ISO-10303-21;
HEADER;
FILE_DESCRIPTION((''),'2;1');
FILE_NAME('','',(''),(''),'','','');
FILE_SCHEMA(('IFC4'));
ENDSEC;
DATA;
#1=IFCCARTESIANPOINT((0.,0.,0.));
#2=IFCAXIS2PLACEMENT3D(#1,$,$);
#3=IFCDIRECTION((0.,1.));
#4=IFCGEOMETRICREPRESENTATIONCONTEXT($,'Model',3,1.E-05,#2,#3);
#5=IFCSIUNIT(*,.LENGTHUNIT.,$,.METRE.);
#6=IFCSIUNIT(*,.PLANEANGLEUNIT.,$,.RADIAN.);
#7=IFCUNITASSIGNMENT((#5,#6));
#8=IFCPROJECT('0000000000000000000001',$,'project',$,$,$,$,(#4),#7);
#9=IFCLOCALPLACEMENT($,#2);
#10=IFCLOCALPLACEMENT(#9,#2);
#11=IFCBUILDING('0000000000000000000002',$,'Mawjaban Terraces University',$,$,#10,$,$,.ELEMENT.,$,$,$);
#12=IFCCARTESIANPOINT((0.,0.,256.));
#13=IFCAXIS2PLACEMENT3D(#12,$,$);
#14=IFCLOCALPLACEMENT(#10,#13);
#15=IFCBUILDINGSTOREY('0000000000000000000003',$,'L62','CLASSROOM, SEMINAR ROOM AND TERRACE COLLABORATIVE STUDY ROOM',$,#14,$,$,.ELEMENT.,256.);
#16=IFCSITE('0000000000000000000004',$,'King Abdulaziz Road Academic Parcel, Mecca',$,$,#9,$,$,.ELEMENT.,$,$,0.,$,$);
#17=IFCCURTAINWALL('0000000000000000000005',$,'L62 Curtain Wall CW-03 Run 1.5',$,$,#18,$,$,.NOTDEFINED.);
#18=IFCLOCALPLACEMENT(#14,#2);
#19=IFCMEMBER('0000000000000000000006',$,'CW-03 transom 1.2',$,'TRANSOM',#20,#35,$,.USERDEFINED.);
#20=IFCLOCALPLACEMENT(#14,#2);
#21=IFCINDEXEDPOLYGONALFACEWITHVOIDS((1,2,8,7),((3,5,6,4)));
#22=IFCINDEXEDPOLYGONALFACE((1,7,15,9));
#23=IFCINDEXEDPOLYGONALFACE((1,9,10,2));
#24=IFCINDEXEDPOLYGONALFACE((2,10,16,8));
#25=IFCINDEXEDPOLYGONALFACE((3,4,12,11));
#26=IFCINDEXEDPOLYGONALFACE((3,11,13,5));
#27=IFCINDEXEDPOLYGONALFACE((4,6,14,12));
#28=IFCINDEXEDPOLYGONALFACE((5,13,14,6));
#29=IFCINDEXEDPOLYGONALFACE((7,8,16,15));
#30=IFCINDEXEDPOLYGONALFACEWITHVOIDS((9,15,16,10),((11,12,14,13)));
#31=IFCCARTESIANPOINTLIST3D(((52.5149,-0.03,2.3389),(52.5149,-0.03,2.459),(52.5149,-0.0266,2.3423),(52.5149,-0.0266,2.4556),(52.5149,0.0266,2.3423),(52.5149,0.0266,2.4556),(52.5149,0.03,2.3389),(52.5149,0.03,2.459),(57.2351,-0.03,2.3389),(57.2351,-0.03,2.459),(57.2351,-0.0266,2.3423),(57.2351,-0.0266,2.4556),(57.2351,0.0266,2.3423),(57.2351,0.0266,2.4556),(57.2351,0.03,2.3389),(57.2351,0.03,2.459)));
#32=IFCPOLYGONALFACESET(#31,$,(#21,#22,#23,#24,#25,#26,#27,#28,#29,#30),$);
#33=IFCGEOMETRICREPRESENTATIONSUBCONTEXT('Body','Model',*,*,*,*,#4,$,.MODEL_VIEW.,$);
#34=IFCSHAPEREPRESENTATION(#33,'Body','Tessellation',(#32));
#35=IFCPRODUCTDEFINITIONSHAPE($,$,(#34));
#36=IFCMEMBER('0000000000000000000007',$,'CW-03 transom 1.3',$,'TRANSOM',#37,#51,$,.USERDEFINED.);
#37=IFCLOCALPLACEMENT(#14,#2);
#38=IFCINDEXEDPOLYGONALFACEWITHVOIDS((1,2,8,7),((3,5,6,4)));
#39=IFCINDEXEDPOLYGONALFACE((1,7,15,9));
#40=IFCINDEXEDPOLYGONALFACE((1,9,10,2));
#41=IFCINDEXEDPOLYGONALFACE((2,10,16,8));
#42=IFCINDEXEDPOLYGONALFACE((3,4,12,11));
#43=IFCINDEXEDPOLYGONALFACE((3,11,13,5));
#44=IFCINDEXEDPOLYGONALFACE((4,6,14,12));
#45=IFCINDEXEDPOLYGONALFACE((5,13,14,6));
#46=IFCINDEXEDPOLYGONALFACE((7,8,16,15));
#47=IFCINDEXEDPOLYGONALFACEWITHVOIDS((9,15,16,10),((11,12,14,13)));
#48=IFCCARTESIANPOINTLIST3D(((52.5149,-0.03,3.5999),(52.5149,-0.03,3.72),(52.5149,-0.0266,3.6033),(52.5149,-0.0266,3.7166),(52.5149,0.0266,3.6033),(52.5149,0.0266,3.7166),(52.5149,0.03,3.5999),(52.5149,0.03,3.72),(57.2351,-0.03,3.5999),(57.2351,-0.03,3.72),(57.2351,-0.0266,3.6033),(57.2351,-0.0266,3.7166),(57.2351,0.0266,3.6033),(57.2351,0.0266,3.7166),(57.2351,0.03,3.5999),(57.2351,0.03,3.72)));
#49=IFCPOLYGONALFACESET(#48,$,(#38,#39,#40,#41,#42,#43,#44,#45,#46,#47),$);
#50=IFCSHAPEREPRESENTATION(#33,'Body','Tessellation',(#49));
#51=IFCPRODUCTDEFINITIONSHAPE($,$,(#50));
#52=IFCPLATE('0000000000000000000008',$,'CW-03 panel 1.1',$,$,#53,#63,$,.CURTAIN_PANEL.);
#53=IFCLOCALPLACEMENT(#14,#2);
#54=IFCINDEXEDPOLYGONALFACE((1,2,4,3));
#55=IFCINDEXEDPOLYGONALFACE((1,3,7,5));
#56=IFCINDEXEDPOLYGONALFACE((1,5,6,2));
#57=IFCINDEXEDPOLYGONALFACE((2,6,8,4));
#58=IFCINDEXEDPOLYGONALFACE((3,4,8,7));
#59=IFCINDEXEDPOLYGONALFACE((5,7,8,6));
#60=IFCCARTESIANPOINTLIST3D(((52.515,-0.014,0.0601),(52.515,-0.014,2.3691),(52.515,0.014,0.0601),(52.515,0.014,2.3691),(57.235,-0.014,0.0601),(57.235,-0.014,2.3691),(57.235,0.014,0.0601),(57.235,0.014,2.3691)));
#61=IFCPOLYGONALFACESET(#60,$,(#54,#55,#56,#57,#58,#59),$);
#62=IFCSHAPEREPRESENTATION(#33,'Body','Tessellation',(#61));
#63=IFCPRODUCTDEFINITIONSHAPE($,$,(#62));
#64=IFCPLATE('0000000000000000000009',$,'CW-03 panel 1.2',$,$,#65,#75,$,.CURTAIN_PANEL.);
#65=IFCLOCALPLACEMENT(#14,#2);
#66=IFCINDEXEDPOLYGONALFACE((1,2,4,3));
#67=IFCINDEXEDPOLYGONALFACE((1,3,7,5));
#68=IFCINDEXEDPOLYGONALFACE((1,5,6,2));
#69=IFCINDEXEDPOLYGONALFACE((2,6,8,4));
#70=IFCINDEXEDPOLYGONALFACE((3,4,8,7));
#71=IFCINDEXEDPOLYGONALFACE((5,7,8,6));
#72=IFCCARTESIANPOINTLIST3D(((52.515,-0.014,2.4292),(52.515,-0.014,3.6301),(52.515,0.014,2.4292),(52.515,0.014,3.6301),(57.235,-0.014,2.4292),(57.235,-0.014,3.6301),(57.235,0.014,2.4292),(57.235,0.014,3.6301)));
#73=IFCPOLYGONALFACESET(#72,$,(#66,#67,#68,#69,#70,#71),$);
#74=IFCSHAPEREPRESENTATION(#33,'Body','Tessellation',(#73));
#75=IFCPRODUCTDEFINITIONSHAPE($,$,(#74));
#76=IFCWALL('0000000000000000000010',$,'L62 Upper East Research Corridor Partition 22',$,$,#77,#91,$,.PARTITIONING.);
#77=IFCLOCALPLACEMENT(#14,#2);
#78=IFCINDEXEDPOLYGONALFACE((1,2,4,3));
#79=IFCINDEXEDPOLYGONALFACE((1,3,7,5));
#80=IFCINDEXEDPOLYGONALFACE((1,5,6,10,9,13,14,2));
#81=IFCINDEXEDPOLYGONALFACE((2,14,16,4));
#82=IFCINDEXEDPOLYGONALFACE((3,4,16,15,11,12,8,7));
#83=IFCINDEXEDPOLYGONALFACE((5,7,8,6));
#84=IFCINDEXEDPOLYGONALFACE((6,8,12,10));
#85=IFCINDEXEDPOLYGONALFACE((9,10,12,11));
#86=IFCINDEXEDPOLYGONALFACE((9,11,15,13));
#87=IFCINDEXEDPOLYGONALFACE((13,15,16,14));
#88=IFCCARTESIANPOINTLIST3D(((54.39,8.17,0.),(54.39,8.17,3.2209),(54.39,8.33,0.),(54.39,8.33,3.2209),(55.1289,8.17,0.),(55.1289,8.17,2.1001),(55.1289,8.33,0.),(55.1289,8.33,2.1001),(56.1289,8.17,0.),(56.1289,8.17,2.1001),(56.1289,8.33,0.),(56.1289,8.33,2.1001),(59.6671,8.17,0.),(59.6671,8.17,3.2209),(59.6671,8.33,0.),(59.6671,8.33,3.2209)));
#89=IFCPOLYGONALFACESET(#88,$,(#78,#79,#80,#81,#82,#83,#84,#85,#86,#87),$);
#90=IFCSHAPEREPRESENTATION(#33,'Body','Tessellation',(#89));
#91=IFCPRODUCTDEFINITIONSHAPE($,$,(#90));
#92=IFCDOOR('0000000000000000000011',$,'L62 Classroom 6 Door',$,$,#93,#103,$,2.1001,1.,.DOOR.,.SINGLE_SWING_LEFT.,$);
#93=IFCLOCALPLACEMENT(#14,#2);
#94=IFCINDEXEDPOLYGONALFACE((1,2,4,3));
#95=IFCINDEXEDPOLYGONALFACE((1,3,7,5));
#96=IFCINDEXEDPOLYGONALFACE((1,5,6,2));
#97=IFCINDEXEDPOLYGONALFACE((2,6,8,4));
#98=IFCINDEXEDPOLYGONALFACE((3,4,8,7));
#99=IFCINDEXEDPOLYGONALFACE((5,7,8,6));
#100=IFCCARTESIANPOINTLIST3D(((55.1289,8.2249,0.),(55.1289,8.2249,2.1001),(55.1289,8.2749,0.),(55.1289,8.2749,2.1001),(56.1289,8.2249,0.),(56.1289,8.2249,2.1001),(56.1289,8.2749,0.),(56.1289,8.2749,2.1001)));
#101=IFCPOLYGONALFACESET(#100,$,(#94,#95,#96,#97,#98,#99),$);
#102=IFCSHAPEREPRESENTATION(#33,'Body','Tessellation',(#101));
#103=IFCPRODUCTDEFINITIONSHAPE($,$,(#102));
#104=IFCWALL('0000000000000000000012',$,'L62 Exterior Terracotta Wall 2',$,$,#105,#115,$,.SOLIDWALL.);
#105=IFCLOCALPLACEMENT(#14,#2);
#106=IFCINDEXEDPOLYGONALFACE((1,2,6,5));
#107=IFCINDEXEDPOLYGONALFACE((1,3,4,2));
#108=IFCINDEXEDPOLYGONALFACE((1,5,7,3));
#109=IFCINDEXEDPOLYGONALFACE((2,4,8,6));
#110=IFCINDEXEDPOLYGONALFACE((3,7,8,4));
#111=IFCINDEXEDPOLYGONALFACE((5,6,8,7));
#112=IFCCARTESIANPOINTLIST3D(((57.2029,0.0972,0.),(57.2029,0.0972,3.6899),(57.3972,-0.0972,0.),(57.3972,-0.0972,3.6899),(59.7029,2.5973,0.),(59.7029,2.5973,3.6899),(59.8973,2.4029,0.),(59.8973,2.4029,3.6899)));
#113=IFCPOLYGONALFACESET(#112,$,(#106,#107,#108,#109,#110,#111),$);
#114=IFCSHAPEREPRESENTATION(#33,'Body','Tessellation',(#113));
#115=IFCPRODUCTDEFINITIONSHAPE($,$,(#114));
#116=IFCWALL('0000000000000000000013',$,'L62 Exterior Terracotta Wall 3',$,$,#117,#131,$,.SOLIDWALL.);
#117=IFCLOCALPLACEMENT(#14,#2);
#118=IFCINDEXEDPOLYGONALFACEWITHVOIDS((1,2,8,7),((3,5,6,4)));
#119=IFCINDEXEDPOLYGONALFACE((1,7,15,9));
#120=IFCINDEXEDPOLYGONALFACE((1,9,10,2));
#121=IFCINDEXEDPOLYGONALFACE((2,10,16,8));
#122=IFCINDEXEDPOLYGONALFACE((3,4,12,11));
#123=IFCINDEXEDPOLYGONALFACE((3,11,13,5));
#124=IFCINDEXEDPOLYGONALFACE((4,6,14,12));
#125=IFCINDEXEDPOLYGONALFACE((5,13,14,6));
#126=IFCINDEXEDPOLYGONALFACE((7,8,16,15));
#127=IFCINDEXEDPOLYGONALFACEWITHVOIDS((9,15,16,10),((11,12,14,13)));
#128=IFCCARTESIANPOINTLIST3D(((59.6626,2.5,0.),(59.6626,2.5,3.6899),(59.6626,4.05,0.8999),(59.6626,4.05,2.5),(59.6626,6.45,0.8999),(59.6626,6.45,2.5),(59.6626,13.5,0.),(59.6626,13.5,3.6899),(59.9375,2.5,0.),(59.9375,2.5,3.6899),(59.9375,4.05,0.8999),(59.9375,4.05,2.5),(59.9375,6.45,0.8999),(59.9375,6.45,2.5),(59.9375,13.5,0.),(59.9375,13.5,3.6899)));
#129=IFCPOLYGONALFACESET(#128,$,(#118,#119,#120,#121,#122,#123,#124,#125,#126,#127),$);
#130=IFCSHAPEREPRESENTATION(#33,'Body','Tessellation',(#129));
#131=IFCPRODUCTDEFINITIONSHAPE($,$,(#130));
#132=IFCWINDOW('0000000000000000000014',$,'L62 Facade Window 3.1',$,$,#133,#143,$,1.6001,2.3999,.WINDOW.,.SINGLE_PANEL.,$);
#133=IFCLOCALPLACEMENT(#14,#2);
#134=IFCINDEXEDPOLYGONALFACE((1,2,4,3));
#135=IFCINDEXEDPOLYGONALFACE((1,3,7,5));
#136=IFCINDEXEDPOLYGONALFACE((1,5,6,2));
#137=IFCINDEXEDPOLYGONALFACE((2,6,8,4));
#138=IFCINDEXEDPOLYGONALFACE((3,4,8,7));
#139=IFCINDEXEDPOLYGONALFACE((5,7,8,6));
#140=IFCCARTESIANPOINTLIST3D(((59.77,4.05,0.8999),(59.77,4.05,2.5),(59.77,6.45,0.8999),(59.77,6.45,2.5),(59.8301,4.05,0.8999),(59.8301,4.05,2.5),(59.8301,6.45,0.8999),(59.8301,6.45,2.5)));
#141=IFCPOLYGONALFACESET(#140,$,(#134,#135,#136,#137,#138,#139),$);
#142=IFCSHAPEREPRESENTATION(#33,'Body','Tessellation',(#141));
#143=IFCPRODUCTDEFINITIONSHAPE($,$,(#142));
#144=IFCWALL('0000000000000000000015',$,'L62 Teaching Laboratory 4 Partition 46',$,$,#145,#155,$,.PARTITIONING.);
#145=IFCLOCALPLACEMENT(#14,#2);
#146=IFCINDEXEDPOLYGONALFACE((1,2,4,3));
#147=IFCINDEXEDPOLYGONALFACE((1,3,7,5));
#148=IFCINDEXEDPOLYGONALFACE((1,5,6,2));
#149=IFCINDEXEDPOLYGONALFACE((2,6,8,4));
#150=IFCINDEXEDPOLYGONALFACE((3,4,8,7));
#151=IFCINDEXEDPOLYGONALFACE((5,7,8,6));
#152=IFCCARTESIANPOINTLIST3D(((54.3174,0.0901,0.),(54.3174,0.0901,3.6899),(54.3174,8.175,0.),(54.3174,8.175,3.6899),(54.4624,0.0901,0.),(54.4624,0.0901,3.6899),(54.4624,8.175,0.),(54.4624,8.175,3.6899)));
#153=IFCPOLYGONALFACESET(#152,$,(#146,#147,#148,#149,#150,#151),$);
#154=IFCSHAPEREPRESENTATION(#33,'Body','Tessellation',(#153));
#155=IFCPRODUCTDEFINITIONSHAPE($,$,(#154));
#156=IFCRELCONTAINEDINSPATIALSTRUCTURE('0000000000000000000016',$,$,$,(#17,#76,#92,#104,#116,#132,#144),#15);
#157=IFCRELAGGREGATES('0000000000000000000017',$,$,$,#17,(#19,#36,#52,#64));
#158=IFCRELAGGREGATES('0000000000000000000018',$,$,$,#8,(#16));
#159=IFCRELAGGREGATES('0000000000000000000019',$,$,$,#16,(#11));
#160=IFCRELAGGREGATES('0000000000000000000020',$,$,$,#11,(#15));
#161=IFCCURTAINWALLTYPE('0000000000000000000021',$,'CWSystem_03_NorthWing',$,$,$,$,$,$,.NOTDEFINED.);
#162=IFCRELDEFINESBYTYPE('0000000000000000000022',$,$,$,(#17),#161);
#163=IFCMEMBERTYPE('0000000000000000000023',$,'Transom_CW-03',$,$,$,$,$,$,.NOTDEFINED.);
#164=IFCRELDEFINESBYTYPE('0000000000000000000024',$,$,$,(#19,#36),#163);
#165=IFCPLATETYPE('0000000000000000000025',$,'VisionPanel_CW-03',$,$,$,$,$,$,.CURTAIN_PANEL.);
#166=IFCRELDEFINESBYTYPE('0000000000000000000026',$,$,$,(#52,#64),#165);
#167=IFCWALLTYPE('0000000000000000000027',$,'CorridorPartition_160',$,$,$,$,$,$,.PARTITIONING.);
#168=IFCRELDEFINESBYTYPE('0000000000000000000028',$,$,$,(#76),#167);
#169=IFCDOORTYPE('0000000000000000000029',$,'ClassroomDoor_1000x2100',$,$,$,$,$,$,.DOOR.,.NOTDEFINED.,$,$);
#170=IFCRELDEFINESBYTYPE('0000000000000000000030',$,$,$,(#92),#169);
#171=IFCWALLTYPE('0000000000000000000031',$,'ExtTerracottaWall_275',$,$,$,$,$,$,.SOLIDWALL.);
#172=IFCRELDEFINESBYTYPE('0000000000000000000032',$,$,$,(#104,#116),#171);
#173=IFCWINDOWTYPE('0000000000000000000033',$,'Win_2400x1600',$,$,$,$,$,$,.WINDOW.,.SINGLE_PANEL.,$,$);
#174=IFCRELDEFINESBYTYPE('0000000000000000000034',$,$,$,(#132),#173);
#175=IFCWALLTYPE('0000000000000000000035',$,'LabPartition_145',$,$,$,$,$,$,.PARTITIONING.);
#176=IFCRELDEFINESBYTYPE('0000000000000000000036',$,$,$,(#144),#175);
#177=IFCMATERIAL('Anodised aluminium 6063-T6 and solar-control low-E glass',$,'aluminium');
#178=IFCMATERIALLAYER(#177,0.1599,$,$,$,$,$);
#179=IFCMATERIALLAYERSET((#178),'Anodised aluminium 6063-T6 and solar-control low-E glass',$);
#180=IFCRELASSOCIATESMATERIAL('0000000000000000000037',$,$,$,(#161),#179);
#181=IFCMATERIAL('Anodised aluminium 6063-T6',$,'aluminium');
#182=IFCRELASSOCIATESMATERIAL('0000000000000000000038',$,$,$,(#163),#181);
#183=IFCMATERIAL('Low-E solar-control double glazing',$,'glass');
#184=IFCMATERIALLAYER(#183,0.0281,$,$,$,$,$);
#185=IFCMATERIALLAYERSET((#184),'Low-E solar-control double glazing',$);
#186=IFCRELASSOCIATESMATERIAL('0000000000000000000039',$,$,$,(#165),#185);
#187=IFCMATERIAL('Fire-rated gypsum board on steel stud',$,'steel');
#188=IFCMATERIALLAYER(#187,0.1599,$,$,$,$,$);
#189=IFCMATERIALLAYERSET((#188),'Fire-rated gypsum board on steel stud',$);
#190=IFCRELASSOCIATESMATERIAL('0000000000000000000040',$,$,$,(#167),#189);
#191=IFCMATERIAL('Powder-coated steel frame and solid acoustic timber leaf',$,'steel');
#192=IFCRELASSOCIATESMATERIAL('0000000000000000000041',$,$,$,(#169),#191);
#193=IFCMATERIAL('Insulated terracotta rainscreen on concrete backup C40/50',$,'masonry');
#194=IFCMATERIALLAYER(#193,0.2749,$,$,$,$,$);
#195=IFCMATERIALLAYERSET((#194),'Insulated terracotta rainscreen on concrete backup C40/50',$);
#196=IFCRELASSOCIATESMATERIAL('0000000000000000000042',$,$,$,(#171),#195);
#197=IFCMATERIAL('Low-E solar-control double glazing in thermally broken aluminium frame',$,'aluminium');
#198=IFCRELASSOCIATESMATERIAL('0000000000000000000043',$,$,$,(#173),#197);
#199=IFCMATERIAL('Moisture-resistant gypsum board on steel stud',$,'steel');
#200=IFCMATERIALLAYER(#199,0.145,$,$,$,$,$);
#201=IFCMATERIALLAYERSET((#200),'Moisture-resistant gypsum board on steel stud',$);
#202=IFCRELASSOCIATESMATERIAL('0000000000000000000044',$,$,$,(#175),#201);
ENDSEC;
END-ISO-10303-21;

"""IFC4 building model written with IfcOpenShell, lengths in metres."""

from ifc_helpers import new_model, si_unit, direction, frame, frame_2d, origin, origin_2d, place, context, subcontext, project, spatial, rectangle, hollow_rectangle, extrude, material, layer, layer_set, material_profile, profile_set, type_object, element, fill, aggregate, save


model = new_model("IFC4")

# Units and contexts
model_context = context("Model", 3, precision=1e-05, world=origin(), true_north=direction((0.0, 1.0)))
body_context = subcontext(model_context, "Body", "Model", "MODEL_VIEW")
ifc_project = project(units=[si_unit("LENGTHUNIT", "METRE"), si_unit("PLANEANGLEUNIT", "RADIAN")], contexts=[model_context])

# Site, building, storey
site_placement = place(None, origin())
site = spatial("IfcSite", under=ifc_project, at=site_placement, Name="King Abdulaziz Road Academic Parcel, Mecca", CompositionType="ELEMENT", RefElevation=0.0)
building_placement = place(site_placement, origin())
building = spatial("IfcBuilding", under=site, at=building_placement, Name="Mawjaban Terraces University", CompositionType="ELEMENT")
storey_placement = place(building_placement, frame((0.0, 0.0, 256.0)))
storey = spatial("IfcBuildingStorey", under=building, at=storey_placement, Name="L62", Description="CLASSROOM, SEMINAR ROOM AND TERRACE COLLABORATIVE STUDY ROOM", CompositionType="ELEMENT", Elevation=256.0)

# Curtain wall, members, plates
ifc_material_1 = material(Name="Anodised aluminium 6063-T6 and solar-control low-E glass", Category="aluminium")
ifc_layer_1 = layer(ifc_material_1, 0.1599)
ifc_layer_set_1 = layer_set([ifc_layer_1], Name="Anodised aluminium 6063-T6 and solar-control low-E glass")
curtain_wall_type = type_object("IfcCurtainWallType", Name="CWSystem_03_NorthWing", PredefinedType="NOTDEFINED", material=ifc_layer_set_1)
curtain_wall_placement = place(storey_placement, origin())
curtain_wall = element("IfcCurtainWall", 1, at=curtain_wall_placement, inside=storey, type_object=curtain_wall_type, Name="L62 Curtain Wall CW-03 Run 1.5", PredefinedType="NOTDEFINED")
ifc_material_2 = material(Name="Anodised aluminium 6063-T6", Category="aluminium")
ifc_material_profile_1 = material_profile(ifc_material_2, hollow_rectangle(XDim=0.0601, YDim=0.1201, WallThickness=0.0034, at=origin_2d()), Name="ALU120X60X3.5")
ifc_profile_set_1 = profile_set([ifc_material_profile_1], Name="Anodised aluminium 6063-T6")
member_type_1 = type_object("IfcMemberType", Name="Transom_CW-03", PredefinedType="NOTDEFINED", material=ifc_profile_set_1)
member_1_placement = place(storey_placement, frame((52.5149, 0.0, 2.3989), z_axis=(1.0, 0.0, 0.0), x_axis=(0.0, 1.0, 0.0)))
member_1 = element("IfcMember", 2, at=member_1_placement, type_object=member_type_1, Name="CW-03 transom 1.2", ObjectType="TRANSOM", PredefinedType="USERDEFINED", context=body_context, shape_type="SweptSolid", body=[
    extrude(hollow_rectangle(XDim=0.0601, YDim=0.1201, WallThickness=0.0034, at=origin_2d()), origin(), (0.0, 0.0, 1.0), 4.7202),
])
member_2_placement = place(storey_placement, frame((52.5149, 0.0, 3.6599), z_axis=(1.0, 0.0, 0.0), x_axis=(0.0, 1.0, 0.0)))
member_2 = element("IfcMember", 3, at=member_2_placement, type_object=member_type_1, Name="CW-03 transom 1.3", ObjectType="TRANSOM", PredefinedType="USERDEFINED", context=body_context, shape_type="SweptSolid", body=[
    extrude(hollow_rectangle(XDim=0.0601, YDim=0.1201, WallThickness=0.0034, at=origin_2d()), origin(), (0.0, 0.0, 1.0), 4.7202),
])
ifc_material_3 = material(Name="Low-E solar-control double glazing", Category="glass")
ifc_layer_2 = layer(ifc_material_3, 0.0281)
ifc_layer_set_2 = layer_set([ifc_layer_2], Name="Low-E solar-control double glazing")
plate_type = type_object("IfcPlateType", Name="VisionPanel_CW-03", PredefinedType="CURTAIN_PANEL", material=ifc_layer_set_2)
plate_1_placement = place(storey_placement, frame((54.875, 0.0, 0.0601), z_axis=(0.0, 0.0, 1.0), x_axis=(1.0, 0.0, 0.0)))
plate_1 = element("IfcPlate", 4, at=plate_1_placement, type_object=plate_type, Name="CW-03 panel 1.1", PredefinedType="CURTAIN_PANEL", context=body_context, shape_type="SweptSolid", body=[
    extrude(rectangle(XDim=4.72, YDim=0.0281, at=origin_2d()), origin(), (0.0, 0.0, 1.0), 2.3091),
])
plate_2_placement = place(storey_placement, frame((54.875, 0.0, 2.4292), z_axis=(0.0, 0.0, 1.0), x_axis=(1.0, 0.0, 0.0)))
plate_2 = element("IfcPlate", 5, at=plate_2_placement, type_object=plate_type, Name="CW-03 panel 1.2", PredefinedType="CURTAIN_PANEL", context=body_context, shape_type="SweptSolid", body=[
    extrude(rectangle(XDim=4.72, YDim=0.0281, at=origin_2d()), origin(), (0.0, 0.0, 1.0), 1.2009),
])
aggregate(curtain_wall, [member_1, member_2, plate_1, plate_2])

# Wall, opening, door
ifc_material_4 = material(Name="Fire-rated gypsum board on steel stud", Category="steel")
ifc_layer_3 = layer(ifc_material_4, 0.1599)
ifc_layer_set_3 = layer_set([ifc_layer_3], Name="Fire-rated gypsum board on steel stud")
wall_type_1 = type_object("IfcWallType", Name="CorridorPartition_160", PredefinedType="PARTITIONING", material=ifc_layer_set_3)
wall_1_placement = place(storey_placement, frame((54.3899, 8.25, 0.0), z_axis=(0.0, 0.0, 1.0), x_axis=(1.0, 0.0, 0.0)))
wall_1 = element("IfcWall", 6, at=wall_1_placement, inside=storey, type_object=wall_type_1, Name="L62 Upper East Research Corridor Partition 22", PredefinedType="PARTITIONING", context=body_context, shape_type="SweptSolid", body=[
    extrude(rectangle(XDim=5.2771, YDim=0.1599, at=frame_2d((2.6387, 0.0))), origin(), (0.0, 0.0, 1.0), 3.2209),
])
opening_1_placement = place(wall_1_placement, frame((0.739, 0.0, 0.0)))
opening_1 = element("IfcOpeningElement", 7, at=opening_1_placement, cuts=wall_1, PredefinedType="OPENING", context=body_context, shape_type="SweptSolid", body=[
    extrude(rectangle(XDim=1.0, YDim=2.1001, at=frame_2d((0.5, 1.05))), frame((0.0, 0.0898, 0.0), z_axis=(0.0, -1.0, 0.0), x_axis=(1.0, 0.0, 0.0)), (0.0, 0.0, 1.0), 0.1799),
])
ifc_material_5 = material(Name="Powder-coated steel frame and solid acoustic timber leaf", Category="steel")
door_type = type_object("IfcDoorType", Name="ClassroomDoor_1000x2100", OperationType="NOTDEFINED", PredefinedType="DOOR", material=ifc_material_5)
door_placement = place(opening_1_placement, origin())
door = element("IfcDoor", 8, at=door_placement, inside=storey, type_object=door_type, Name="L62 Classroom 6 Door", OperationType="SINGLE_SWING_LEFT", OverallHeight=2.1001, OverallWidth=1.0, PredefinedType="DOOR", context=body_context, shape_type="SweptSolid", body=[
    extrude(rectangle(XDim=1.0, YDim=2.1001, at=frame_2d((0.5, 1.05))), frame((0.0, 0.0249, 0.0), z_axis=(0.0, -1.0, 0.0), x_axis=(1.0, 0.0, 0.0)), (0.0, 0.0, 1.0), 0.05),
])
fill(opening_1, door)

# Wall
ifc_material_6 = material(Name="Insulated terracotta rainscreen on concrete backup C40/50", Category="masonry")
ifc_layer_4 = layer(ifc_material_6, 0.2749)
ifc_layer_set_4 = layer_set([ifc_layer_4], Name="Insulated terracotta rainscreen on concrete backup C40/50")
wall_type_2 = type_object("IfcWallType", Name="ExtTerracottaWall_275", PredefinedType="SOLIDWALL", material=ifc_layer_set_4)
wall_2_placement = place(storey_placement, frame((57.3, 0.0, 0.0), z_axis=(0.0, 0.0, 1.0), x_axis=(0.707107, 0.707107, 0.0)))
element("IfcWall", 9, at=wall_2_placement, inside=storey, type_object=wall_type_2, Name="L62 Exterior Terracotta Wall 2", PredefinedType="SOLIDWALL", context=body_context, shape_type="SweptSolid", body=[
    extrude(rectangle(XDim=3.5356, YDim=0.2749, at=frame_2d((1.7678, 0.0))), origin(), (0.0, 0.0, 1.0), 3.6899),
])

# Wall, opening, window
wall_3_placement = place(storey_placement, frame((59.8, 2.5, 0.0), z_axis=(0.0, 0.0, 1.0), x_axis=(0.0, 1.0, 0.0)))
wall_3 = element("IfcWall", 10, at=wall_3_placement, inside=storey, type_object=wall_type_2, Name="L62 Exterior Terracotta Wall 3", PredefinedType="SOLIDWALL", context=body_context, shape_type="SweptSolid", body=[
    extrude(rectangle(XDim=11.0, YDim=0.2749, at=frame_2d((5.5, 0.0))), origin(), (0.0, 0.0, 1.0), 3.6899),
])
opening_2_placement = place(wall_3_placement, frame((1.55, 0.0, 0.8999)))
opening_2 = element("IfcOpeningElement", 11, at=opening_2_placement, cuts=wall_3, PredefinedType="OPENING", context=body_context, shape_type="SweptSolid", body=[
    extrude(rectangle(XDim=2.3999, YDim=1.6001, at=frame_2d((1.2, 0.8))), frame((0.0, 0.1475, 0.0), z_axis=(0.0, -1.0, 0.0), x_axis=(1.0, 0.0, 0.0)), (0.0, 0.0, 1.0), 0.2949),
])
ifc_material_7 = material(Name="Low-E solar-control double glazing in thermally broken aluminium frame", Category="aluminium")
window_type = type_object("IfcWindowType", Name="Win_2400x1600", PartitioningType="SINGLE_PANEL", PredefinedType="WINDOW", material=ifc_material_7)
window_placement = place(opening_2_placement, origin())
window = element("IfcWindow", 12, at=window_placement, inside=storey, type_object=window_type, Name="L62 Facade Window 3.1", OverallHeight=1.6001, OverallWidth=2.3999, PartitioningType="SINGLE_PANEL", PredefinedType="WINDOW", context=body_context, shape_type="SweptSolid", body=[
    extrude(rectangle(XDim=2.3999, YDim=1.6001, at=frame_2d((1.2, 0.8))), frame((0.0, 0.03, 0.0), z_axis=(0.0, -1.0, 0.0), x_axis=(1.0, 0.0, 0.0)), (0.0, 0.0, 1.0), 0.0601),
])
fill(opening_2, window)

# Wall
ifc_material_8 = material(Name="Moisture-resistant gypsum board on steel stud", Category="steel")
ifc_layer_5 = layer(ifc_material_8, 0.145)
ifc_layer_set_5 = layer_set([ifc_layer_5], Name="Moisture-resistant gypsum board on steel stud")
wall_type_3 = type_object("IfcWallType", Name="LabPartition_145", PredefinedType="PARTITIONING", material=ifc_layer_set_5)
wall_4_placement = place(storey_placement, frame((54.3899, 0.0901, 0.0), z_axis=(0.0, 0.0, 1.0), x_axis=(0.0, 1.0, 0.0)))
element("IfcWall", 13, at=wall_4_placement, inside=storey, type_object=wall_type_3, Name="L62 Teaching Laboratory 4 Partition 46", PredefinedType="PARTITIONING", context=body_context, shape_type="SweptSolid", body=[
    extrude(rectangle(XDim=8.085, YDim=0.145, at=frame_2d((4.0425, 0.0))), origin(), (0.0, 0.0, 1.0), 3.6899),
])

save(model, "model.ifc")
